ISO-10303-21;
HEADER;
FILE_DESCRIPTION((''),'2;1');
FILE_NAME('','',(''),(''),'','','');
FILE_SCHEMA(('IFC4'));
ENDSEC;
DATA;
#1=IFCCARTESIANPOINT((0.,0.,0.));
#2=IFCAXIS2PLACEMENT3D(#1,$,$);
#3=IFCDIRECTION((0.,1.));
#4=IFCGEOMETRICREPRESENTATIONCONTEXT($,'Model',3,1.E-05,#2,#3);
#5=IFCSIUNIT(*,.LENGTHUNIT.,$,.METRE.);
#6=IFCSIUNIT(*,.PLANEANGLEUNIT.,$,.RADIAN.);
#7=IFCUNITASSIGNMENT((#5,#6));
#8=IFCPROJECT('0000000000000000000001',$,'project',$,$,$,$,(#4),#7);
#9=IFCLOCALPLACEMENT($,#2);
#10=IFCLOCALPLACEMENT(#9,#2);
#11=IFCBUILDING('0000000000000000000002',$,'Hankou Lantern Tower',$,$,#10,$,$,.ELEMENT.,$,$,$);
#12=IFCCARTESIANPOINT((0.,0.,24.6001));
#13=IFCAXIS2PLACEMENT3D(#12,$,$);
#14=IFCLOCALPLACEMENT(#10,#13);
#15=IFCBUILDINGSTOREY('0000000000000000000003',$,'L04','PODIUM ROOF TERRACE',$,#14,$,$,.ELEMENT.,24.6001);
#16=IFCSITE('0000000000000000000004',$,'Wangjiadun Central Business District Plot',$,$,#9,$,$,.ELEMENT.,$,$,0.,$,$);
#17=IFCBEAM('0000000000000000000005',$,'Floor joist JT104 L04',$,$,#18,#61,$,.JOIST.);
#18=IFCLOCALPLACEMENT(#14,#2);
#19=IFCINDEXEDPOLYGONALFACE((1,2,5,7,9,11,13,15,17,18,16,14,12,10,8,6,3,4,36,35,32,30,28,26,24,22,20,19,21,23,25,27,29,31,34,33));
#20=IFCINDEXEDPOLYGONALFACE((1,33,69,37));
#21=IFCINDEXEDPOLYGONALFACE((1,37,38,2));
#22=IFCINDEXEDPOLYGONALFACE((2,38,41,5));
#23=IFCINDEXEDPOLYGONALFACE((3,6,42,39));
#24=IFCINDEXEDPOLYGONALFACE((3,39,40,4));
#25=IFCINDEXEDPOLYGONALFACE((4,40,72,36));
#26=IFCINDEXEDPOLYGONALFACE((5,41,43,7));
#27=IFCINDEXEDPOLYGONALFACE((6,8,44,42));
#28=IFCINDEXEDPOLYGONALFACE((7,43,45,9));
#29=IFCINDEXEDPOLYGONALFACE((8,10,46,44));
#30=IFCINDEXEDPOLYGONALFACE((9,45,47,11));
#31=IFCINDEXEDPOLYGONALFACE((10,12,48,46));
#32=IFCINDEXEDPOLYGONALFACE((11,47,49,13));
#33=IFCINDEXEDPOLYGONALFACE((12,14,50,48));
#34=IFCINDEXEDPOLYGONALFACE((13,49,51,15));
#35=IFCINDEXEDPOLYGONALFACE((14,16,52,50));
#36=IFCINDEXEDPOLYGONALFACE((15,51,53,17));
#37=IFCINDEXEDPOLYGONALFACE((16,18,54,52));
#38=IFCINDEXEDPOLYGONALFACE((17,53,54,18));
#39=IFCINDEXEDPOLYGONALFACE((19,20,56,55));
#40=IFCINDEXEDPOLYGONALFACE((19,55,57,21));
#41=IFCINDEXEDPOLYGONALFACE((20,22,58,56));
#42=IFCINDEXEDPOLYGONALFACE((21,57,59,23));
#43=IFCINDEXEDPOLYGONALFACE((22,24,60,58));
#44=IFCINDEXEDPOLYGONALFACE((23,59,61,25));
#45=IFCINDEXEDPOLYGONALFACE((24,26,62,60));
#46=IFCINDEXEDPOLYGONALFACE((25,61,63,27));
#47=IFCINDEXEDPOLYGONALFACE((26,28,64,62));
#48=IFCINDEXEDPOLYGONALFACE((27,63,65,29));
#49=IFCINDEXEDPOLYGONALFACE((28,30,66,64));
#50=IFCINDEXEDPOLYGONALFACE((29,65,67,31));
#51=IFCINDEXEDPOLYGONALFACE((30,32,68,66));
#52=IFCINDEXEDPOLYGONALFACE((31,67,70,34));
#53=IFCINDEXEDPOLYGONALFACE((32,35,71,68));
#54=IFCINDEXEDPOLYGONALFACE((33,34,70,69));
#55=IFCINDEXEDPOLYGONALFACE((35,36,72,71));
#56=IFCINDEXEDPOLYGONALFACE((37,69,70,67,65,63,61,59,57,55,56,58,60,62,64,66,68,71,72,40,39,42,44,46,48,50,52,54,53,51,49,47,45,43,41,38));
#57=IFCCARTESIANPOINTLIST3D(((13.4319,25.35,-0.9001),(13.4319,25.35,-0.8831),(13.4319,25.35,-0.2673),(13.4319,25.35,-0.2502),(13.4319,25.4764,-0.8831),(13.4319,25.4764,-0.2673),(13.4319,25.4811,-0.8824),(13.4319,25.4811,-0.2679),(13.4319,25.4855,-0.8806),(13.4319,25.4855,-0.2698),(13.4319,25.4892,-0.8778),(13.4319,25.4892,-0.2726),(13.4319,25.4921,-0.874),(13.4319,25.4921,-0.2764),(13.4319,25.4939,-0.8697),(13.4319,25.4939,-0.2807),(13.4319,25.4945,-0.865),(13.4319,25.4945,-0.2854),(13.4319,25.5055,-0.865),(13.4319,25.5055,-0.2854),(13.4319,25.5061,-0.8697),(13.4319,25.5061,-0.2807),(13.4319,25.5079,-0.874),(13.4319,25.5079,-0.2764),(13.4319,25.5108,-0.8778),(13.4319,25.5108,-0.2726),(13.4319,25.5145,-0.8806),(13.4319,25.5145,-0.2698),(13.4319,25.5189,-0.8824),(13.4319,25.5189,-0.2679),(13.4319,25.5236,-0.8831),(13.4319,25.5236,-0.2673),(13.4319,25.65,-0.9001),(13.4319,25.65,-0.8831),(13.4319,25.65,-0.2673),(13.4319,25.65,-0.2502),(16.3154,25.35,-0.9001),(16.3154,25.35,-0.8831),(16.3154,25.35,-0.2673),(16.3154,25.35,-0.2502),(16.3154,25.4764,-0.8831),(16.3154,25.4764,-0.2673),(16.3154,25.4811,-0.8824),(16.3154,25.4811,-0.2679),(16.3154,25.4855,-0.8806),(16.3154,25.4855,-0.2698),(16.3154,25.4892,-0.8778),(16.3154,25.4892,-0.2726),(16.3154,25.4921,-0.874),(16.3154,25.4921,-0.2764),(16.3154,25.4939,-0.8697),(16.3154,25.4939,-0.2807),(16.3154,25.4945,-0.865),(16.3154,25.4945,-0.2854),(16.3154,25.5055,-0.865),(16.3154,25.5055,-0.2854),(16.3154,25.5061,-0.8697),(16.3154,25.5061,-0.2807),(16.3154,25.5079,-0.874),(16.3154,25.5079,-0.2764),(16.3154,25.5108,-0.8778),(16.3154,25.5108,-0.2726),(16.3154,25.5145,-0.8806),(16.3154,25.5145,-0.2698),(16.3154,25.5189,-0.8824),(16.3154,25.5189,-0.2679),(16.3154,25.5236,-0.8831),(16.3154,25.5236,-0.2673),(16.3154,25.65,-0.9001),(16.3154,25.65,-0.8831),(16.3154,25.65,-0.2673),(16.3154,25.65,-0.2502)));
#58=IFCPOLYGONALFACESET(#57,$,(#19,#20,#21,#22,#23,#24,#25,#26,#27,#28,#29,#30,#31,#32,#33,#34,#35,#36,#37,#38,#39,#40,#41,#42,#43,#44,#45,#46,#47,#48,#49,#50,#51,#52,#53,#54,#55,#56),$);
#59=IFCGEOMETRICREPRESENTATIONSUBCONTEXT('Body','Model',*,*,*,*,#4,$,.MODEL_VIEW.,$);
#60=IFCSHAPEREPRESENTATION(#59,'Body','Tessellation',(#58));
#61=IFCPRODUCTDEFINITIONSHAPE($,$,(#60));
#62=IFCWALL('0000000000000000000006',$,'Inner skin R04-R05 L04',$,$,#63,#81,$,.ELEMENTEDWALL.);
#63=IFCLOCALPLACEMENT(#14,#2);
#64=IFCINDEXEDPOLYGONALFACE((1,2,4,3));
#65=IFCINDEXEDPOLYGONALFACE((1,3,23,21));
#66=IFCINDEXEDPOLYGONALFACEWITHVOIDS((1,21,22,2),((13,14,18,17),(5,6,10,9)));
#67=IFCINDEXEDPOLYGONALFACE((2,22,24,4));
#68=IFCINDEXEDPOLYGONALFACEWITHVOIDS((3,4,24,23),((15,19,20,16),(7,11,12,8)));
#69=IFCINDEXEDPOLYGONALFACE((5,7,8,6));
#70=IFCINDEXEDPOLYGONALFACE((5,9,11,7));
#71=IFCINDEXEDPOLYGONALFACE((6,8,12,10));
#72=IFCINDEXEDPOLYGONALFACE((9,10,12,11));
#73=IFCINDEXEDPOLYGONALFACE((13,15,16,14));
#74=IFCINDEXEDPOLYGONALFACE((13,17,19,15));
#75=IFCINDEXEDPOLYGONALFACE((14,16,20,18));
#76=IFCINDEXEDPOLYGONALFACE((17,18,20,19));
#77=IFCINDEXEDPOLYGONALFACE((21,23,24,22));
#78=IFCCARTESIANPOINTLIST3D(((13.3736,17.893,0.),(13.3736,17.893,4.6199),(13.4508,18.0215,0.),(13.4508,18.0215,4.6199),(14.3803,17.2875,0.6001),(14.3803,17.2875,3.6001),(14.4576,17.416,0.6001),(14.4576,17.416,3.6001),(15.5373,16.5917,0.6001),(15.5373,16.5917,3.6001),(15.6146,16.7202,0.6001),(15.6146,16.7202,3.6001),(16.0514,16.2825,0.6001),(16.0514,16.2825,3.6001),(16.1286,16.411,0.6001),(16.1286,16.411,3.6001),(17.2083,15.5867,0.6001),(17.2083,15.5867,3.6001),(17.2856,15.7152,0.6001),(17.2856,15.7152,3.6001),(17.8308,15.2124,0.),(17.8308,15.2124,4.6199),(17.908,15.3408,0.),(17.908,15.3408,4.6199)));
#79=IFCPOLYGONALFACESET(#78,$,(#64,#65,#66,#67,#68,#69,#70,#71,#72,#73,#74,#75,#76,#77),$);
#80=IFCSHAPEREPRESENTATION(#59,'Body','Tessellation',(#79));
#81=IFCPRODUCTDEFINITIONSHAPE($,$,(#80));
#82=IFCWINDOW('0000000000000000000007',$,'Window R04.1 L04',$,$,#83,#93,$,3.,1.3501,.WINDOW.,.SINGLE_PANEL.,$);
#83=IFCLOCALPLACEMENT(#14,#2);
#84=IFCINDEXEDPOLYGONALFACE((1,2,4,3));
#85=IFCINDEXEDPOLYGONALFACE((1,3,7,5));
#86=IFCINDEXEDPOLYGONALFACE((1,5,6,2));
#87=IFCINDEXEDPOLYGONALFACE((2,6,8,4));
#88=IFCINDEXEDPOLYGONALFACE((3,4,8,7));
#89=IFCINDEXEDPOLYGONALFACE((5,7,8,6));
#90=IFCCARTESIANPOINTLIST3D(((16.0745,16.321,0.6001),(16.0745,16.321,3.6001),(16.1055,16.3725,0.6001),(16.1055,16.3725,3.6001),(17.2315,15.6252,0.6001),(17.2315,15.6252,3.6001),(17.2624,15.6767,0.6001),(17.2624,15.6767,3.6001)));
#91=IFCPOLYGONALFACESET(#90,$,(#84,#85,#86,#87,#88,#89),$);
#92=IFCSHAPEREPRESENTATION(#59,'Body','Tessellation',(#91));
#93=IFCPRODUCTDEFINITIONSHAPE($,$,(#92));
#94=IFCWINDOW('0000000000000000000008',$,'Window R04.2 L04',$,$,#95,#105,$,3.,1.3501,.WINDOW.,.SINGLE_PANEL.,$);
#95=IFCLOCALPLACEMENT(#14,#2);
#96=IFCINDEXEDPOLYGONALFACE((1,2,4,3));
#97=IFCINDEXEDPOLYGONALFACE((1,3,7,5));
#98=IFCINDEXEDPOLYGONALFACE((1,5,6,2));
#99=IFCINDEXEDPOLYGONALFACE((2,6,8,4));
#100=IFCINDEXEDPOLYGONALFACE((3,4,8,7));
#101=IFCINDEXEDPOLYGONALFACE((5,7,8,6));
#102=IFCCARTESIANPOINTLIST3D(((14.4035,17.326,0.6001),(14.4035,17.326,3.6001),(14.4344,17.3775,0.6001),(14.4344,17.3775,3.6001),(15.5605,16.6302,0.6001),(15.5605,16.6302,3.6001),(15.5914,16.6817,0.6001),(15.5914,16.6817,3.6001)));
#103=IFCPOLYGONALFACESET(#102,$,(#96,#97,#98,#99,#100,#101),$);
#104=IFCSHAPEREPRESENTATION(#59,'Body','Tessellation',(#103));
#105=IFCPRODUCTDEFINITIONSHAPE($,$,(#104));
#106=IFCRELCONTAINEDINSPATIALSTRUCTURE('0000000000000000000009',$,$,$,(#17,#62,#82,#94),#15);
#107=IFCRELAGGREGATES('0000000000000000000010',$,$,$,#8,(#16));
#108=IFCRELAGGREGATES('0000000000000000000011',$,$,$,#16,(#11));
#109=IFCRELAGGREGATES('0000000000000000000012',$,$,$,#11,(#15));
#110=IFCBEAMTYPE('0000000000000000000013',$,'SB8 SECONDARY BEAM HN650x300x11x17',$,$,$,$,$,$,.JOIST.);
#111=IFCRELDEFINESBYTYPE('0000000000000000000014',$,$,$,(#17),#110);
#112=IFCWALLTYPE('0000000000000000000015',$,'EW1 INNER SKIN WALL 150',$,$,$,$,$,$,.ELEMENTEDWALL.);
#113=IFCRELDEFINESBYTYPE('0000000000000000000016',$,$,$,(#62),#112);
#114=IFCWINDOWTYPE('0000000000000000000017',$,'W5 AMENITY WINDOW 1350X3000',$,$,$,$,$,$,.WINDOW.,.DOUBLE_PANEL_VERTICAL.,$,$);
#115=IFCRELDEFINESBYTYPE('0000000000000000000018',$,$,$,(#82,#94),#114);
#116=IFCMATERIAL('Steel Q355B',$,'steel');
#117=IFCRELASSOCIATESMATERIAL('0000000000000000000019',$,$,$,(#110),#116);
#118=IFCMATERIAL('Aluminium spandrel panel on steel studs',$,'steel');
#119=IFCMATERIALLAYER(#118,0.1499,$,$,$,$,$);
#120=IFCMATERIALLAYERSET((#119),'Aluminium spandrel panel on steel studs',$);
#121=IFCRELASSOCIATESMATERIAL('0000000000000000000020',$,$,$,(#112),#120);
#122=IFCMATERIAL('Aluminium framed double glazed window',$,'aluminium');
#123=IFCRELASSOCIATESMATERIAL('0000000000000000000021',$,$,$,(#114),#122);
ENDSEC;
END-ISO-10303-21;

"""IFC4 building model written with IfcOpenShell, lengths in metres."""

from ifc_helpers import new_model, si_unit, direction, frame, frame_2d, origin, origin_2d, place, context, subcontext, project, spatial, rectangle, i_section, extrude, material, layer, layer_set, material_profile, profile_set, type_object, element, fill, save


model = new_model("IFC4")

# Units and contexts
model_context = context("Model", 3, precision=1e-05, world=origin(), true_north=direction((0.0, 1.0)))
body_context = subcontext(model_context, "Body", "Model", "MODEL_VIEW")
ifc_project = project(units=[si_unit("LENGTHUNIT", "METRE"), si_unit("PLANEANGLEUNIT", "RADIAN")], contexts=[model_context])

# Site, building, storey
site_placement = place(None, origin())
site = spatial("IfcSite", under=ifc_project, at=site_placement, Name="Wangjiadun Central Business District Plot", CompositionType="ELEMENT", RefElevation=0.0)
building_placement = place(site_placement, origin())
building = spatial("IfcBuilding", under=site, at=building_placement, Name="Hankou Lantern Tower", CompositionType="ELEMENT")
storey_placement = place(building_placement, frame((0.0, 0.0, 24.6001)))
storey = spatial("IfcBuildingStorey", under=building, at=storey_placement, Name="L04", Description="PODIUM ROOF TERRACE", CompositionType="ELEMENT", Elevation=24.6001)

# Beam
ifc_material_1 = material(Name="Steel Q355B", Category="steel")
ifc_material_profile_1 = material_profile(ifc_material_1, i_section(OverallWidth=0.3, OverallDepth=0.6499, WebThickness=0.011, FlangeThickness=0.0171, FilletRadius=0.0181, at=origin_2d()), Name="HN650x300x11x17")
ifc_profile_set_1 = profile_set([ifc_material_profile_1], Name="Steel Q355B")
beam_type_1 = type_object("IfcBeamType", Name="SB8 SECONDARY BEAM HN650x300x11x17", PredefinedType="JOIST", material=ifc_profile_set_1)
beam_1_placement = place(storey_placement, frame((13.4319, 25.5, -0.5752), z_axis=(1.0, 0.0, 0.0), x_axis=(0.0, 1.0, 0.0)))
element("IfcBeam", 1, at=beam_1_placement, inside=storey, type_object=beam_type_1, Name="Floor joist JT104 L04", PredefinedType="JOIST", context=body_context, shape_type="SweptSolid", body=[
    extrude(i_section(OverallWidth=0.3, OverallDepth=0.6499, WebThickness=0.011, FlangeThickness=0.0171, FilletRadius=0.0181, at=origin_2d()), origin(), (0.0, 0.0, 1.0), 2.8835),
])

# Wall, openings, windows
ifc_material_2 = material(Name="Aluminium spandrel panel on steel studs", Category="steel")
ifc_layer = layer(ifc_material_2, 0.1499)
ifc_layer_set = layer_set([ifc_layer], Name="Aluminium spandrel panel on steel studs")
wall_type = type_object("IfcWallType", Name="EW1 INNER SKIN WALL 150", PredefinedType="ELEMENTEDWALL", material=ifc_layer_set)
wall_placement = place(storey_placement, frame((17.8694, 15.2766, 0.0), z_axis=(0.0, 0.0, 1.0), x_axis=(-0.856958, 0.515386, 0.0)))
wall = element("IfcWall", 2, at=wall_placement, inside=storey, type_object=wall_type, Name="Inner skin R04-R05 L04", PredefinedType="ELEMENTEDWALL", context=body_context, shape_type="SweptSolid", body=[
    extrude(rectangle(XDim=5.2012, YDim=0.1499, at=frame_2d((2.6006, 0.0))), origin(), (0.0, 0.0, 1.0), 4.6199),
])
opening_1_placement = place(wall_placement, frame((0.7263, 0.0, 0.6001)))
opening_1 = element("IfcOpeningElement", 3, at=opening_1_placement, cuts=wall, PredefinedType="OPENING", context=body_context, shape_type="SweptSolid", body=[
    extrude(rectangle(XDim=1.3501, YDim=3.0, at=frame_2d((0.675, 1.5))), frame((0.0, 0.085, 0.0), z_axis=(0.0, -1.0, 0.0), x_axis=(1.0, 0.0, 0.0)), (0.0, 0.0, 1.0), 0.1699),
])
opening_2_placement = place(wall_placement, frame((2.6763, 0.0, 0.6001)))
opening_2 = element("IfcOpeningElement", 4, at=opening_2_placement, cuts=wall, PredefinedType="OPENING", context=body_context, shape_type="SweptSolid", body=[
    extrude(rectangle(XDim=1.3501, YDim=3.0, at=frame_2d((0.675, 1.5))), frame((0.0, 0.085, 0.0), z_axis=(0.0, -1.0, 0.0), x_axis=(1.0, 0.0, 0.0)), (0.0, 0.0, 1.0), 0.1699),
])
ifc_material_3 = material(Name="Aluminium framed double glazed window", Category="aluminium")
window_type = type_object("IfcWindowType", Name="W5 AMENITY WINDOW 1350X3000", PartitioningType="DOUBLE_PANEL_VERTICAL", PredefinedType="WINDOW", material=ifc_material_3)
window_1_placement = place(opening_1_placement, origin())
window_1 = element("IfcWindow", 5, at=window_1_placement, inside=storey, type_object=window_type, Name="Window R04.1 L04", OverallHeight=3.0, OverallWidth=1.3501, PartitioningType="SINGLE_PANEL", PredefinedType="WINDOW", context=body_context, shape_type="SweptSolid", body=[
    extrude(rectangle(XDim=1.3501, YDim=3.0, at=frame_2d((0.675, 1.5))), frame((0.0, 0.03, 0.0), z_axis=(0.0, -1.0, 0.0), x_axis=(1.0, 0.0, 0.0)), (0.0, 0.0, 1.0), 0.0601),
])
fill(opening_1, window_1)
window_2_placement = place(opening_2_placement, origin())
window_2 = element("IfcWindow", 6, at=window_2_placement, inside=storey, type_object=window_type, Name="Window R04.2 L04", OverallHeight=3.0, OverallWidth=1.3501, PartitioningType="SINGLE_PANEL", PredefinedType="WINDOW", context=body_context, shape_type="SweptSolid", body=[
    extrude(rectangle(XDim=1.3501, YDim=3.0, at=frame_2d((0.675, 1.5))), frame((0.0, 0.03, 0.0), z_axis=(0.0, -1.0, 0.0), x_axis=(1.0, 0.0, 0.0)), (0.0, 0.0, 1.0), 0.0601),
])
fill(opening_2, window_2)

save(model, "model.ifc")
